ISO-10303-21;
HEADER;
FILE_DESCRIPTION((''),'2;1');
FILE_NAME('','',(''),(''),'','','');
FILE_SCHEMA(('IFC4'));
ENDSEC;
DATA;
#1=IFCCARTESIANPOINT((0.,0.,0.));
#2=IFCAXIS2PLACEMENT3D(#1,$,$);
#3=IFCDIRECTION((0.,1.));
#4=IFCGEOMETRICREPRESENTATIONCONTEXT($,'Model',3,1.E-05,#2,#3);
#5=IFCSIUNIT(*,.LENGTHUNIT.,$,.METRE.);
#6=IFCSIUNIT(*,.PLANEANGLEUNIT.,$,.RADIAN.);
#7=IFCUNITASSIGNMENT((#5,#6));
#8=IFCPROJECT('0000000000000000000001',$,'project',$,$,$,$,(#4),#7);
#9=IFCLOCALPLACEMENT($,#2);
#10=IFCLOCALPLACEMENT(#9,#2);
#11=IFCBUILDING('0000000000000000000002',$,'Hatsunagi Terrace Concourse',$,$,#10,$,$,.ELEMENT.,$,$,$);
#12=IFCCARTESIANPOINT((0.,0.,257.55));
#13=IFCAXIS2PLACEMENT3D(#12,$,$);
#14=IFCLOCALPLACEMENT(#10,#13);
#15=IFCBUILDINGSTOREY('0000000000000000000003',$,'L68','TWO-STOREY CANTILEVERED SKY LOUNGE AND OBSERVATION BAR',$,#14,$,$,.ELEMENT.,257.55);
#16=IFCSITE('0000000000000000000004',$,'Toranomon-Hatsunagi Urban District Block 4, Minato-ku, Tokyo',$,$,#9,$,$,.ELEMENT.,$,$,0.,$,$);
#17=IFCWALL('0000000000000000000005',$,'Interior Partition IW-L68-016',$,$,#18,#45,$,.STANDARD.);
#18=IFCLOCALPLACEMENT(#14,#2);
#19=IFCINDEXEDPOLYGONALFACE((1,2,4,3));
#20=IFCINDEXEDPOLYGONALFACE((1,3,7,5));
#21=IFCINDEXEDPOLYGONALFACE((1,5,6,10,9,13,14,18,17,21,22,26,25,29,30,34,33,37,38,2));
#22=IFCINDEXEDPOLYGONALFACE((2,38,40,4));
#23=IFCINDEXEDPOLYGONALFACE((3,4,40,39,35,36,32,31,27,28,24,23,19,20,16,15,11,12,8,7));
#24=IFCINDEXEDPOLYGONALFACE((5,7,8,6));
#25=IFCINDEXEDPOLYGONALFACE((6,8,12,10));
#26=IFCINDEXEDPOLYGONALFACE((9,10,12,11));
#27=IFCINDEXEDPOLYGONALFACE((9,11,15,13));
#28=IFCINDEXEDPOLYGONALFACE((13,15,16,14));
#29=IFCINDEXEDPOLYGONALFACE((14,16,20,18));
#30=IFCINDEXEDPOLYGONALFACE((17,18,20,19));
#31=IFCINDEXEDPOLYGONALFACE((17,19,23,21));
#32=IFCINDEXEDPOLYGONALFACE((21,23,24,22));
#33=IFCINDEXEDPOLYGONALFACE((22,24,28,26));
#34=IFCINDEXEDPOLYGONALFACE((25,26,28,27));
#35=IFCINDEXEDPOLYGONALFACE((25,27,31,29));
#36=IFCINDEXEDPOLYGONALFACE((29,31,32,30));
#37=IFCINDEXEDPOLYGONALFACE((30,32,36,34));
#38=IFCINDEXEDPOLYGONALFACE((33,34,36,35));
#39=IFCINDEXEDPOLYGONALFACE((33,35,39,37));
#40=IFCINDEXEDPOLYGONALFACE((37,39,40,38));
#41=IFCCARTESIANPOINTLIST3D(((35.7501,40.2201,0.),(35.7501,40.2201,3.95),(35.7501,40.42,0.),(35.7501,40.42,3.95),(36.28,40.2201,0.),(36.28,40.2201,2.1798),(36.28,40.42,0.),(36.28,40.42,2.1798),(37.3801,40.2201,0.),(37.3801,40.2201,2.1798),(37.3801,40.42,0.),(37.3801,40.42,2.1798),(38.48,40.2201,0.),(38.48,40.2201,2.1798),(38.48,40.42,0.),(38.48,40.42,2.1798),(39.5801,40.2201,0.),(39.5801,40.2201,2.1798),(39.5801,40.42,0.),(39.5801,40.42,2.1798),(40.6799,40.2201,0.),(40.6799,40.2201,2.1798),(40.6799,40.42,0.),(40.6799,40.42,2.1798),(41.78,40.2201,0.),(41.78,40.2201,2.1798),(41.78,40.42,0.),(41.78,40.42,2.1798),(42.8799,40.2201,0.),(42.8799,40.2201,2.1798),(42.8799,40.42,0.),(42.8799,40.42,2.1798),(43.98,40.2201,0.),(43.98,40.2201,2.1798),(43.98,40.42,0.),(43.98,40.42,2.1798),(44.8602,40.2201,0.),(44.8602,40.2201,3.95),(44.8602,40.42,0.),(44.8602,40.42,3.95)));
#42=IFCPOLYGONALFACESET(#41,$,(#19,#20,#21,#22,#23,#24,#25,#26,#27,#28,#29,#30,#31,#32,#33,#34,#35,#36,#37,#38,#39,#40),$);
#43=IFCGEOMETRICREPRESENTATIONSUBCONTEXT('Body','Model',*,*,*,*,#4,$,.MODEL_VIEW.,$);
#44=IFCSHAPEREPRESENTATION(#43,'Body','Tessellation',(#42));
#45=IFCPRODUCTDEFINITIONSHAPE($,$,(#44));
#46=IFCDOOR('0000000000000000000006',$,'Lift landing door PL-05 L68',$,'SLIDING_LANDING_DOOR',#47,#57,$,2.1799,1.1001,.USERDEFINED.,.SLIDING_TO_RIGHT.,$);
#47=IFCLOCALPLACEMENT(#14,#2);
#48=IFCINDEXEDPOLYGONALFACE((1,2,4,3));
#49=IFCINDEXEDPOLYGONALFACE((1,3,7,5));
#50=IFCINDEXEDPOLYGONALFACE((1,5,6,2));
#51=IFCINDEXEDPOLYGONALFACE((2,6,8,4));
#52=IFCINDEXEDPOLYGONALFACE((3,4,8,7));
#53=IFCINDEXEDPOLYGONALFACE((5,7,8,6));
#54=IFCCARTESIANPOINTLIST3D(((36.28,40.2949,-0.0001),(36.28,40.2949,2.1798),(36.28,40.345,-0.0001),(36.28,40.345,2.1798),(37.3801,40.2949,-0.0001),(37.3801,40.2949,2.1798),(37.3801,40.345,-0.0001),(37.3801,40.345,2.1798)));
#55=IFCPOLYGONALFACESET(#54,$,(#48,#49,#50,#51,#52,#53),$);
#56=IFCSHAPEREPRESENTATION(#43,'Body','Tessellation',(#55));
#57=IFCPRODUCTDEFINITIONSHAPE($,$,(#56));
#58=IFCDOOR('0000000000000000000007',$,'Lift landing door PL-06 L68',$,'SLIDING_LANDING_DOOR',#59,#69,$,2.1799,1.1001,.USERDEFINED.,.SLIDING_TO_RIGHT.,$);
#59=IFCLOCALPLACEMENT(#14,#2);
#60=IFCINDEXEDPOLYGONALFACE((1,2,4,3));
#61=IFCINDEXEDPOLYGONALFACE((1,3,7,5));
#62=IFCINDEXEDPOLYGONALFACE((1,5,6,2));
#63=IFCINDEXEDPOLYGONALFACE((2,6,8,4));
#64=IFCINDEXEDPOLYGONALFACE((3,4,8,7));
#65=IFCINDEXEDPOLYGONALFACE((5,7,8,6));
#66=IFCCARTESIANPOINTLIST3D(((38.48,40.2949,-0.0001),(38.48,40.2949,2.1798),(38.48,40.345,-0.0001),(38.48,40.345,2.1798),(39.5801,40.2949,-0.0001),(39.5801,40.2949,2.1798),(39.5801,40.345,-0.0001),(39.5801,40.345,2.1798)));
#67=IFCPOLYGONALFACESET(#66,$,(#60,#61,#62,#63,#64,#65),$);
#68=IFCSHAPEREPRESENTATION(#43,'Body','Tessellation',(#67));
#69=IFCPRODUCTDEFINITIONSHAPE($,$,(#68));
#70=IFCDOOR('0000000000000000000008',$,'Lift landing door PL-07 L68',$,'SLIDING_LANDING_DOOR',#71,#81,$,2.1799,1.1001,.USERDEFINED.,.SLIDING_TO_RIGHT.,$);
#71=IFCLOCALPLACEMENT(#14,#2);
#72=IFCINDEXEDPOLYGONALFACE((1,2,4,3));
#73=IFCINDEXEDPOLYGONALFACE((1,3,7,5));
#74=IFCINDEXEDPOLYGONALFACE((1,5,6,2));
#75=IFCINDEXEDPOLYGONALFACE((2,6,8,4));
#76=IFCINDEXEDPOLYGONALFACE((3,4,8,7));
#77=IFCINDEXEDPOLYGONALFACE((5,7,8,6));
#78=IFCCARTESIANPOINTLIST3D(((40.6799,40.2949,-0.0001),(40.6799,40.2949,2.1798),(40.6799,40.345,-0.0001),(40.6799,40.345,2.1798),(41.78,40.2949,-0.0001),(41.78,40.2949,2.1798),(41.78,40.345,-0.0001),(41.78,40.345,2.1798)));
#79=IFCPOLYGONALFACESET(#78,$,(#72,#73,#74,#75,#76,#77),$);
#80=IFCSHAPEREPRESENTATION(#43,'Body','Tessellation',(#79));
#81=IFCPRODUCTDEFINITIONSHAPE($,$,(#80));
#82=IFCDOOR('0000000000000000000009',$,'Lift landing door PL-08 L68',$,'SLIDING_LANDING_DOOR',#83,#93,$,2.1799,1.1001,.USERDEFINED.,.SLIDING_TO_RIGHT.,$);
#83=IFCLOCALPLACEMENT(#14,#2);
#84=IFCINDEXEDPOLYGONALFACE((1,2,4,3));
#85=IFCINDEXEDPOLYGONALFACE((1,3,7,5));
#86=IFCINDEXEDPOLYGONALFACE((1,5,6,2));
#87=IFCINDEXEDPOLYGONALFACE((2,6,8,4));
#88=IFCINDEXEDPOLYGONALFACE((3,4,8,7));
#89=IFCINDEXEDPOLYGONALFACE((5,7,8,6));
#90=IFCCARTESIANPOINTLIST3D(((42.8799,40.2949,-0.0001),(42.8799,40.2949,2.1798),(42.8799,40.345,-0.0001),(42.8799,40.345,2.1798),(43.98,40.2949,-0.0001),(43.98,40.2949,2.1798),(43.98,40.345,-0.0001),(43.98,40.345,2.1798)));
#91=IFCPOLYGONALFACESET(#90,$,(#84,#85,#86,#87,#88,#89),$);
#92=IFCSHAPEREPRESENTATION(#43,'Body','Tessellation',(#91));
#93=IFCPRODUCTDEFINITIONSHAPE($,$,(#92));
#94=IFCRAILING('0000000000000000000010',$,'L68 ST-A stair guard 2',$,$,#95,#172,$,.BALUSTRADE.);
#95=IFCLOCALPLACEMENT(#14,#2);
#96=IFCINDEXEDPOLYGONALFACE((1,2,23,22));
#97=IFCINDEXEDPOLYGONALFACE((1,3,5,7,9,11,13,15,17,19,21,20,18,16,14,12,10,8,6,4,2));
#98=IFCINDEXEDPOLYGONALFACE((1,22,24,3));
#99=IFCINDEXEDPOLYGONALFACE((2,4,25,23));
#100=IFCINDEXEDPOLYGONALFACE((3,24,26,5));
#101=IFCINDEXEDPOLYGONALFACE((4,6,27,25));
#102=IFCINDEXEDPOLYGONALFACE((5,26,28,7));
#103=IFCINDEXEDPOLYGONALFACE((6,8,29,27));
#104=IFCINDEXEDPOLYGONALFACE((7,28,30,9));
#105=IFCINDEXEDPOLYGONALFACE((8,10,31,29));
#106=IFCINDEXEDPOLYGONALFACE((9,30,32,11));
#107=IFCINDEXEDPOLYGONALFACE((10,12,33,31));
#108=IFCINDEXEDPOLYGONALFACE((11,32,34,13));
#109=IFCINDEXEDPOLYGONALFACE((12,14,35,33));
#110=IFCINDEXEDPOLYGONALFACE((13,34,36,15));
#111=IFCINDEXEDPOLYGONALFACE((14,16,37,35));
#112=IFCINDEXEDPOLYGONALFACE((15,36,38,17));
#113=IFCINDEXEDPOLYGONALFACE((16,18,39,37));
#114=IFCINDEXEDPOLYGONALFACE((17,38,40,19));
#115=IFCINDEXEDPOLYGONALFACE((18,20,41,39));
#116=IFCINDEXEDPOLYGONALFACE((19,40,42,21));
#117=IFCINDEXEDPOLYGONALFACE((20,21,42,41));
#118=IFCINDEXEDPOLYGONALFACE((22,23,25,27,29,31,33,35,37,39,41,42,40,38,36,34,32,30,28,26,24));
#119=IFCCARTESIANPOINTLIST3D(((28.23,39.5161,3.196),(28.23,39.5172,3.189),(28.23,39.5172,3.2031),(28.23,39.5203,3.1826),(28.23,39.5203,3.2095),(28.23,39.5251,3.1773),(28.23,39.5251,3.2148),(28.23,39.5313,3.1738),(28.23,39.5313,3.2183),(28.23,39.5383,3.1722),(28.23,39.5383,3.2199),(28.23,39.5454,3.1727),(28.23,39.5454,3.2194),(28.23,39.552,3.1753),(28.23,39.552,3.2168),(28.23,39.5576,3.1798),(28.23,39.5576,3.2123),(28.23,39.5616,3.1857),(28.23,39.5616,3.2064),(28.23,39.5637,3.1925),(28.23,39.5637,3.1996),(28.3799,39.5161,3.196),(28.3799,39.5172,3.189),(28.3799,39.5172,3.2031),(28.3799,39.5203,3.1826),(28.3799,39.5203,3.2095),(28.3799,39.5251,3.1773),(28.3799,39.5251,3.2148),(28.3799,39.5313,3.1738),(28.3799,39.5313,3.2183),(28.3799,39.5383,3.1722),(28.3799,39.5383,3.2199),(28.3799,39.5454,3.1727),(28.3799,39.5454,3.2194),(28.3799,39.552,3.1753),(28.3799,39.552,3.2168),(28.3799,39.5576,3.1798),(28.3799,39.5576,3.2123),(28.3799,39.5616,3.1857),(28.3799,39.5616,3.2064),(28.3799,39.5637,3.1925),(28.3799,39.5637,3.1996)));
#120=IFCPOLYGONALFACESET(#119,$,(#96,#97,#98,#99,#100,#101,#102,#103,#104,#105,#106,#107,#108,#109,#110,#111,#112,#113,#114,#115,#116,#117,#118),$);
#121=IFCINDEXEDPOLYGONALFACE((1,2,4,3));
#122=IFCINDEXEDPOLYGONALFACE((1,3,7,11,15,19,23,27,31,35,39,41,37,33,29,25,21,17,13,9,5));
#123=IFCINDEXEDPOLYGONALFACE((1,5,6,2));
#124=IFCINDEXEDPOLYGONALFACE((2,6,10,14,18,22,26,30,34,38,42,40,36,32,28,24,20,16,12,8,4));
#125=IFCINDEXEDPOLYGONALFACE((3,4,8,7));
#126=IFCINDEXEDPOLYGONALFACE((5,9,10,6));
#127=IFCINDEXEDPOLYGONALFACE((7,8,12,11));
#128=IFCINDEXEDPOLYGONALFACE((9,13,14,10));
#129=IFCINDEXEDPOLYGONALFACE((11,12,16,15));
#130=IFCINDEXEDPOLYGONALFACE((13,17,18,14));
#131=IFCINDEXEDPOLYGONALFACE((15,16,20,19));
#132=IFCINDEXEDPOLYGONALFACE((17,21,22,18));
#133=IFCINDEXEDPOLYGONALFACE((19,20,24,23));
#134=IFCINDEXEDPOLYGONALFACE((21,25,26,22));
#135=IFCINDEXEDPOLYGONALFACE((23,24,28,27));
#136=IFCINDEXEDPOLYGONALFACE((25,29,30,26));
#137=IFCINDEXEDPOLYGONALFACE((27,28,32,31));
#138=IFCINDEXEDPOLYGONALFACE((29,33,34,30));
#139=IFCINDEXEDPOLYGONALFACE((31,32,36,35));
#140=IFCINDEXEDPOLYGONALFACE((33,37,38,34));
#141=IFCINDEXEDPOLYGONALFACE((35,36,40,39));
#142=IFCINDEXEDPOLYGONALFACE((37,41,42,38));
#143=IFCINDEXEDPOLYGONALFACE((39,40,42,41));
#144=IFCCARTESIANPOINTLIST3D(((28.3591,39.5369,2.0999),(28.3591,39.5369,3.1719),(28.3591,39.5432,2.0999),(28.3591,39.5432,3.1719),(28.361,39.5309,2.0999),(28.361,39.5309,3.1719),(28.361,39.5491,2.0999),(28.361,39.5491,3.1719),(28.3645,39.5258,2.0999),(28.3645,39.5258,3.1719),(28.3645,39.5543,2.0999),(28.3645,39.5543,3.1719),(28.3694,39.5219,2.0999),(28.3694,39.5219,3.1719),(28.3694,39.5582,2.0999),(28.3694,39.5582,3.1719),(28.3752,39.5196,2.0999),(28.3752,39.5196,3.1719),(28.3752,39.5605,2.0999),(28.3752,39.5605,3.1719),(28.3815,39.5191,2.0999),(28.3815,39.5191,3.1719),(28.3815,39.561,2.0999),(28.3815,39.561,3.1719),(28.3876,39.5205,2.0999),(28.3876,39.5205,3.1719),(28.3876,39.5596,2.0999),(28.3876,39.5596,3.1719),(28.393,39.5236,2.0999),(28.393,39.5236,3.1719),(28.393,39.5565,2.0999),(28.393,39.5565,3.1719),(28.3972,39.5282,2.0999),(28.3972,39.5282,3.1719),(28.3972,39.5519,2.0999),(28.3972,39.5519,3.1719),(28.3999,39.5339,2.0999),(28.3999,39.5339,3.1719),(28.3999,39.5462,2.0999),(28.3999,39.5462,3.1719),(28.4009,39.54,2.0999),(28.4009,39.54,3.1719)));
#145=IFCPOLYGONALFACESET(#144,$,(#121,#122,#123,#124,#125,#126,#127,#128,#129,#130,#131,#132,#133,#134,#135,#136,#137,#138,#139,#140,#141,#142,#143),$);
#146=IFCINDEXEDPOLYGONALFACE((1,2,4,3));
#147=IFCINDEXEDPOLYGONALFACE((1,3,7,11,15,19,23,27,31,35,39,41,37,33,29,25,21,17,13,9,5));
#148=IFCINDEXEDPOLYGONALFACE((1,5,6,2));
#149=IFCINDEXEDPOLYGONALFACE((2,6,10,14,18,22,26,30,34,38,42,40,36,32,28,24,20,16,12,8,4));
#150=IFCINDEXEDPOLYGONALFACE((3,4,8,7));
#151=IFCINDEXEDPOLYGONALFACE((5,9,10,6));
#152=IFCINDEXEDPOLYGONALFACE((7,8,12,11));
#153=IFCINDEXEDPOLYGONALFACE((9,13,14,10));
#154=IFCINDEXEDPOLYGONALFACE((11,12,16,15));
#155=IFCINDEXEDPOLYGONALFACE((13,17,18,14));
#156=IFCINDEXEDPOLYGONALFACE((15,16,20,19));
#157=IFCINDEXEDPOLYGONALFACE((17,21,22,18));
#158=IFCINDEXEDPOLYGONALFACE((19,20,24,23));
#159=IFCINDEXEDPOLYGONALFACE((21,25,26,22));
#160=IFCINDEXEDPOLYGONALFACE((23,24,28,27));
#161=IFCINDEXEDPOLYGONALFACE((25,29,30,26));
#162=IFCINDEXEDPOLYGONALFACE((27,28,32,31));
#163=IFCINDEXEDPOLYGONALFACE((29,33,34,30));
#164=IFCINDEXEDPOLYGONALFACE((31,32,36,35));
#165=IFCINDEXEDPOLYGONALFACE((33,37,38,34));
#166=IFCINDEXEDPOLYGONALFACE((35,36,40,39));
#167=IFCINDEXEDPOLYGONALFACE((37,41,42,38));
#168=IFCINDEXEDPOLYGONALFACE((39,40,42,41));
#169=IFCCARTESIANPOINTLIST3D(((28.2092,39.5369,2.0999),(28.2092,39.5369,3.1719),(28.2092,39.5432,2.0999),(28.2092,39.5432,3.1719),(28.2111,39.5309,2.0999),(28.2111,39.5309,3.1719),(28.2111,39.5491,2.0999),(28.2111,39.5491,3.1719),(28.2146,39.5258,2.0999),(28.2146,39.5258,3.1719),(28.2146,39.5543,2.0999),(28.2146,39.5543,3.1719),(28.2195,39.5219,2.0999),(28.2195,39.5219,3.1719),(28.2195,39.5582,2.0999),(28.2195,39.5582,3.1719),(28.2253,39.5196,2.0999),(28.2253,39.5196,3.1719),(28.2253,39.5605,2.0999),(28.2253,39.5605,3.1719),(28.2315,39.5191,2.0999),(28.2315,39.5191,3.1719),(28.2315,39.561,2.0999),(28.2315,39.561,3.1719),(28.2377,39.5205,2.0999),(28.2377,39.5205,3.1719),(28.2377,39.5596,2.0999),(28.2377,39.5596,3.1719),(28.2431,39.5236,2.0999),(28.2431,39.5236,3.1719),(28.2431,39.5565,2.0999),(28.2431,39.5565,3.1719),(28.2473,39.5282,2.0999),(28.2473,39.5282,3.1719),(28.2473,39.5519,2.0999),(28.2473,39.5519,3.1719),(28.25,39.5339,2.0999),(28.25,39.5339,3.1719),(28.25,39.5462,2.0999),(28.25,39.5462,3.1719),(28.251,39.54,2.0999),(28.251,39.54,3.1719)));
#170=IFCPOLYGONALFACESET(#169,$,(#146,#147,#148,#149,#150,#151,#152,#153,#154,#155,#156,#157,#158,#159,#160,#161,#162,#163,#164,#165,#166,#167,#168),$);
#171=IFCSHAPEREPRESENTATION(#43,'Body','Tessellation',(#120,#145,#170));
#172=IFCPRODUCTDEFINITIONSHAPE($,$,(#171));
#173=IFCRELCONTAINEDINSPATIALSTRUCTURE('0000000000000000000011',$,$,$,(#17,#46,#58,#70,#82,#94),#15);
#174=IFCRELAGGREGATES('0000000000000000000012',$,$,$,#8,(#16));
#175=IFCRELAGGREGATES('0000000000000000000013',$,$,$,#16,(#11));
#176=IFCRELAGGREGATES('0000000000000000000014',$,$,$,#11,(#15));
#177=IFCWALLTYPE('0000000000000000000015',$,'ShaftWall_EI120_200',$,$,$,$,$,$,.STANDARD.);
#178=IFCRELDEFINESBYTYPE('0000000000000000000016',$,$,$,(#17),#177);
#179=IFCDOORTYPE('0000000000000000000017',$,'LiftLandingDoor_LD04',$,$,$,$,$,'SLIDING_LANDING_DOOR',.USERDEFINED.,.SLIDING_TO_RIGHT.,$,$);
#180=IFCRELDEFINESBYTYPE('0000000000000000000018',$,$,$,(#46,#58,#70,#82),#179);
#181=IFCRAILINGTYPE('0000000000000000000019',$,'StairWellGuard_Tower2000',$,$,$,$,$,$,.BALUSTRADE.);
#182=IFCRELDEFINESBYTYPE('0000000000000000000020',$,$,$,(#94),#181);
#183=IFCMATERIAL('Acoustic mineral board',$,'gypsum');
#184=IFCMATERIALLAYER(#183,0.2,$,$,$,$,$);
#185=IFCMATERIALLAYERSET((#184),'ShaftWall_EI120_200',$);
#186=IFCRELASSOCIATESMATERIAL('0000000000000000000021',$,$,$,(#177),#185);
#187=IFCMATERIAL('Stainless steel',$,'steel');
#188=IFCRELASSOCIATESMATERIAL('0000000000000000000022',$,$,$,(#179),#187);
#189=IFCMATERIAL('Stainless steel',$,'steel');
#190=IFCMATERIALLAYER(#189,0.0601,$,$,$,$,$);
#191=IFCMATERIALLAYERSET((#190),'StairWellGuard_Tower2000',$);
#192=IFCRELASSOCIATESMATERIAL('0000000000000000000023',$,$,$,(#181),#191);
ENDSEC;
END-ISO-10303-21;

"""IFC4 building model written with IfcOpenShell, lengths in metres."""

from ifc_helpers import new_model, si_unit, direction, frame, frame_2d, origin, origin_2d, place, context, subcontext, project, spatial, rectangle, circle, extrude, material, layer, layer_set, type_object, element, fill, save


model = new_model("IFC4")

# Units and contexts
model_context = context("Model", 3, precision=1e-05, world=origin(), true_north=direction((0.0, 1.0)))
body_context = subcontext(model_context, "Body", "Model", "MODEL_VIEW")
ifc_project = project(units=[si_unit("LENGTHUNIT", "METRE"), si_unit("PLANEANGLEUNIT", "RADIAN")], contexts=[model_context])

# Site, building, storey
site_placement = place(None, origin())
site = spatial("IfcSite", under=ifc_project, at=site_placement, Name="Toranomon-Hatsunagi Urban District Block 4, Minato-ku, Tokyo", CompositionType="ELEMENT", RefElevation=0.0)
building_placement = place(site_placement, origin())
building = spatial("IfcBuilding", under=site, at=building_placement, Name="Hatsunagi Terrace Concourse", CompositionType="ELEMENT")
storey_placement = place(building_placement, frame((0.0, 0.0, 257.55)))
storey = spatial("IfcBuildingStorey", under=building, at=storey_placement, Name="L68", Description="TWO-STOREY CANTILEVERED SKY LOUNGE AND OBSERVATION BAR", CompositionType="ELEMENT", Elevation=257.55)

# Shared definitions
ifc_material_1 = material(Name="Acoustic mineral board", Category="gypsum")
ifc_layer_1 = layer(ifc_material_1, 0.2)
ifc_layer_set_1 = layer_set([ifc_layer_1], Name="ShaftWall_EI120_200")
wall_type_1 = type_object("IfcWallType", Name="ShaftWall_EI120_200", PredefinedType="STANDARD", material=ifc_layer_set_1)

# Wall, openings, doors
wall_1_placement = place(storey_placement, frame((35.75, 40.3201, 0.0), z_axis=(0.0, 0.0, 1.0), x_axis=(1.0, 0.0, 0.0)))
wall_1 = element("IfcWall", 1, at=wall_1_placement, inside=storey, type_object=wall_type_1, Name="Interior Partition IW-L68-016", PredefinedType="STANDARD", context=body_context, shape_type="SweptSolid", body=[
    extrude(rectangle(XDim=9.1101, YDim=0.2, at=frame_2d((4.5552, 0.0))), origin(), (0.0, 0.0, 1.0), 3.95),
])
opening_1_placement = place(wall_1_placement, frame((0.53, 0.0, 0.0)))
opening_1 = element("IfcOpeningElement", 2, at=opening_1_placement, cuts=wall_1, PredefinedType="OPENING", context=body_context, shape_type="SweptSolid", body=[
    extrude(rectangle(XDim=1.1001, YDim=2.1799, at=frame_2d((0.55, 1.0898))), frame((0.0, 0.1099, 0.0), z_axis=(0.0, -1.0, 0.0), x_axis=(1.0, 0.0, 0.0)), (0.0, 0.0, 1.0), 0.22),
])
opening_2_placement = place(wall_1_placement, frame((2.73, 0.0, 0.0)))
opening_2 = element("IfcOpeningElement", 3, at=opening_2_placement, cuts=wall_1, PredefinedType="OPENING", context=body_context, shape_type="SweptSolid", body=[
    extrude(rectangle(XDim=1.1001, YDim=2.1799, at=frame_2d((0.55, 1.0898))), frame((0.0, 0.1099, 0.0), z_axis=(0.0, -1.0, 0.0), x_axis=(1.0, 0.0, 0.0)), (0.0, 0.0, 1.0), 0.22),
])
opening_3_placement = place(wall_1_placement, frame((4.9299, 0.0, 0.0)))
opening_3 = element("IfcOpeningElement", 4, at=opening_3_placement, cuts=wall_1, PredefinedType="OPENING", context=body_context, shape_type="SweptSolid", body=[
    extrude(rectangle(XDim=1.1001, YDim=2.1799, at=frame_2d((0.55, 1.0898))), frame((0.0, 0.1099, 0.0), z_axis=(0.0, -1.0, 0.0), x_axis=(1.0, 0.0, 0.0)), (0.0, 0.0, 1.0), 0.22),
])
opening_4_placement = place(wall_1_placement, frame((7.1299, 0.0, 0.0)))
opening_4 = element("IfcOpeningElement", 5, at=opening_4_placement, cuts=wall_1, PredefinedType="OPENING", context=body_context, shape_type="SweptSolid", body=[
    extrude(rectangle(XDim=1.1001, YDim=2.1799, at=frame_2d((0.55, 1.0898))), frame((0.0, 0.1099, 0.0), z_axis=(0.0, -1.0, 0.0), x_axis=(1.0, 0.0, 0.0)), (0.0, 0.0, 1.0), 0.22),
])
ifc_material_2 = material(Name="Stainless steel", Category="steel")
door_type_1 = type_object("IfcDoorType", Name="LiftLandingDoor_LD04", ElementType="SLIDING_LANDING_DOOR", OperationType="SLIDING_TO_RIGHT", PredefinedType="USERDEFINED", material=ifc_material_2)
door_1_placement = place(opening_1_placement, origin())
door_1 = element("IfcDoor", 6, at=door_1_placement, inside=storey, type_object=door_type_1, Name="Lift landing door PL-05 L68", ObjectType="SLIDING_LANDING_DOOR", OperationType="SLIDING_TO_RIGHT", OverallHeight=2.1799, OverallWidth=1.1001, PredefinedType="USERDEFINED", context=body_context, shape_type="SweptSolid", body=[
    extrude(rectangle(XDim=1.1001, YDim=2.1799, at=frame_2d((0.55, 1.0898))), frame((0.0, 0.0249, 0.0), z_axis=(0.0, -1.0, 0.0), x_axis=(1.0, 0.0, 0.0)), (0.0, 0.0, 1.0), 0.05),
])
fill(opening_1, door_1)
door_2_placement = place(opening_2_placement, origin())
door_2 = element("IfcDoor", 7, at=door_2_placement, inside=storey, type_object=door_type_1, Name="Lift landing door PL-06 L68", ObjectType="SLIDING_LANDING_DOOR", OperationType="SLIDING_TO_RIGHT", OverallHeight=2.1799, OverallWidth=1.1001, PredefinedType="USERDEFINED", context=body_context, shape_type="SweptSolid", body=[
    extrude(rectangle(XDim=1.1001, YDim=2.1799, at=frame_2d((0.55, 1.0898))), frame((0.0, 0.0249, 0.0), z_axis=(0.0, -1.0, 0.0), x_axis=(1.0, 0.0, 0.0)), (0.0, 0.0, 1.0), 0.05),
])
fill(opening_2, door_2)
door_3_placement = place(opening_3_placement, origin())
door_3 = element("IfcDoor", 8, at=door_3_placement, inside=storey, type_object=door_type_1, Name="Lift landing door PL-07 L68", ObjectType="SLIDING_LANDING_DOOR", OperationType="SLIDING_TO_RIGHT", OverallHeight=2.1799, OverallWidth=1.1001, PredefinedType="USERDEFINED", context=body_context, shape_type="SweptSolid", body=[
    extrude(rectangle(XDim=1.1001, YDim=2.1799, at=frame_2d((0.55, 1.0898))), frame((0.0, 0.0249, 0.0), z_axis=(0.0, -1.0, 0.0), x_axis=(1.0, 0.0, 0.0)), (0.0, 0.0, 1.0), 0.05),
])
fill(opening_3, door_3)
door_4_placement = place(opening_4_placement, origin())
door_4 = element("IfcDoor", 9, at=door_4_placement, inside=storey, type_object=door_type_1, Name="Lift landing door PL-08 L68", ObjectType="SLIDING_LANDING_DOOR", OperationType="SLIDING_TO_RIGHT", OverallHeight=2.1799, OverallWidth=1.1001, PredefinedType="USERDEFINED", context=body_context, shape_type="SweptSolid", body=[
    extrude(rectangle(XDim=1.1001, YDim=2.1799, at=frame_2d((0.55, 1.0898))), frame((0.0, 0.0249, 0.0), z_axis=(0.0, -1.0, 0.0), x_axis=(1.0, 0.0, 0.0)), (0.0, 0.0, 1.0), 0.05),
])
fill(opening_4, door_4)

# Railing
ifc_material_3 = material(Name="Stainless steel", Category="steel")
ifc_layer_2 = layer(ifc_material_3, 0.0601)
ifc_layer_set_2 = layer_set([ifc_layer_2], Name="StairWellGuard_Tower2000")
railing_type = type_object("IfcRailingType", Name="StairWellGuard_Tower2000", PredefinedType="BALUSTRADE", material=ifc_layer_set_2)
railing_placement = place(storey_placement, frame((28.3799, 39.54, 2.0999)))
element("IfcRailing", 10, at=railing_placement, inside=storey, type_object=railing_type, Name="L68 ST-A stair guard 2", PredefinedType="BALUSTRADE", context=body_context, shape_type="SweptSolid", body=[
    extrude(circle(Radius=0.0239, at=origin_2d()), frame((0.0, 0.0, 1.0962), z_axis=(-1.0, 0.0, 0.0), x_axis=(0.0, -1.0, 0.0)), (0.0, 0.0, 1.0), 0.1499),
    extrude(circle(Radius=0.021, at=origin_2d()), origin(), (0.0, 0.0, 1.0), 1.072),
    extrude(circle(Radius=0.021, at=origin_2d()), frame((-0.1499, 0.0, 0.0)), (0.0, 0.0, 1.0), 1.072),
])

save(model, "model.ifc")
